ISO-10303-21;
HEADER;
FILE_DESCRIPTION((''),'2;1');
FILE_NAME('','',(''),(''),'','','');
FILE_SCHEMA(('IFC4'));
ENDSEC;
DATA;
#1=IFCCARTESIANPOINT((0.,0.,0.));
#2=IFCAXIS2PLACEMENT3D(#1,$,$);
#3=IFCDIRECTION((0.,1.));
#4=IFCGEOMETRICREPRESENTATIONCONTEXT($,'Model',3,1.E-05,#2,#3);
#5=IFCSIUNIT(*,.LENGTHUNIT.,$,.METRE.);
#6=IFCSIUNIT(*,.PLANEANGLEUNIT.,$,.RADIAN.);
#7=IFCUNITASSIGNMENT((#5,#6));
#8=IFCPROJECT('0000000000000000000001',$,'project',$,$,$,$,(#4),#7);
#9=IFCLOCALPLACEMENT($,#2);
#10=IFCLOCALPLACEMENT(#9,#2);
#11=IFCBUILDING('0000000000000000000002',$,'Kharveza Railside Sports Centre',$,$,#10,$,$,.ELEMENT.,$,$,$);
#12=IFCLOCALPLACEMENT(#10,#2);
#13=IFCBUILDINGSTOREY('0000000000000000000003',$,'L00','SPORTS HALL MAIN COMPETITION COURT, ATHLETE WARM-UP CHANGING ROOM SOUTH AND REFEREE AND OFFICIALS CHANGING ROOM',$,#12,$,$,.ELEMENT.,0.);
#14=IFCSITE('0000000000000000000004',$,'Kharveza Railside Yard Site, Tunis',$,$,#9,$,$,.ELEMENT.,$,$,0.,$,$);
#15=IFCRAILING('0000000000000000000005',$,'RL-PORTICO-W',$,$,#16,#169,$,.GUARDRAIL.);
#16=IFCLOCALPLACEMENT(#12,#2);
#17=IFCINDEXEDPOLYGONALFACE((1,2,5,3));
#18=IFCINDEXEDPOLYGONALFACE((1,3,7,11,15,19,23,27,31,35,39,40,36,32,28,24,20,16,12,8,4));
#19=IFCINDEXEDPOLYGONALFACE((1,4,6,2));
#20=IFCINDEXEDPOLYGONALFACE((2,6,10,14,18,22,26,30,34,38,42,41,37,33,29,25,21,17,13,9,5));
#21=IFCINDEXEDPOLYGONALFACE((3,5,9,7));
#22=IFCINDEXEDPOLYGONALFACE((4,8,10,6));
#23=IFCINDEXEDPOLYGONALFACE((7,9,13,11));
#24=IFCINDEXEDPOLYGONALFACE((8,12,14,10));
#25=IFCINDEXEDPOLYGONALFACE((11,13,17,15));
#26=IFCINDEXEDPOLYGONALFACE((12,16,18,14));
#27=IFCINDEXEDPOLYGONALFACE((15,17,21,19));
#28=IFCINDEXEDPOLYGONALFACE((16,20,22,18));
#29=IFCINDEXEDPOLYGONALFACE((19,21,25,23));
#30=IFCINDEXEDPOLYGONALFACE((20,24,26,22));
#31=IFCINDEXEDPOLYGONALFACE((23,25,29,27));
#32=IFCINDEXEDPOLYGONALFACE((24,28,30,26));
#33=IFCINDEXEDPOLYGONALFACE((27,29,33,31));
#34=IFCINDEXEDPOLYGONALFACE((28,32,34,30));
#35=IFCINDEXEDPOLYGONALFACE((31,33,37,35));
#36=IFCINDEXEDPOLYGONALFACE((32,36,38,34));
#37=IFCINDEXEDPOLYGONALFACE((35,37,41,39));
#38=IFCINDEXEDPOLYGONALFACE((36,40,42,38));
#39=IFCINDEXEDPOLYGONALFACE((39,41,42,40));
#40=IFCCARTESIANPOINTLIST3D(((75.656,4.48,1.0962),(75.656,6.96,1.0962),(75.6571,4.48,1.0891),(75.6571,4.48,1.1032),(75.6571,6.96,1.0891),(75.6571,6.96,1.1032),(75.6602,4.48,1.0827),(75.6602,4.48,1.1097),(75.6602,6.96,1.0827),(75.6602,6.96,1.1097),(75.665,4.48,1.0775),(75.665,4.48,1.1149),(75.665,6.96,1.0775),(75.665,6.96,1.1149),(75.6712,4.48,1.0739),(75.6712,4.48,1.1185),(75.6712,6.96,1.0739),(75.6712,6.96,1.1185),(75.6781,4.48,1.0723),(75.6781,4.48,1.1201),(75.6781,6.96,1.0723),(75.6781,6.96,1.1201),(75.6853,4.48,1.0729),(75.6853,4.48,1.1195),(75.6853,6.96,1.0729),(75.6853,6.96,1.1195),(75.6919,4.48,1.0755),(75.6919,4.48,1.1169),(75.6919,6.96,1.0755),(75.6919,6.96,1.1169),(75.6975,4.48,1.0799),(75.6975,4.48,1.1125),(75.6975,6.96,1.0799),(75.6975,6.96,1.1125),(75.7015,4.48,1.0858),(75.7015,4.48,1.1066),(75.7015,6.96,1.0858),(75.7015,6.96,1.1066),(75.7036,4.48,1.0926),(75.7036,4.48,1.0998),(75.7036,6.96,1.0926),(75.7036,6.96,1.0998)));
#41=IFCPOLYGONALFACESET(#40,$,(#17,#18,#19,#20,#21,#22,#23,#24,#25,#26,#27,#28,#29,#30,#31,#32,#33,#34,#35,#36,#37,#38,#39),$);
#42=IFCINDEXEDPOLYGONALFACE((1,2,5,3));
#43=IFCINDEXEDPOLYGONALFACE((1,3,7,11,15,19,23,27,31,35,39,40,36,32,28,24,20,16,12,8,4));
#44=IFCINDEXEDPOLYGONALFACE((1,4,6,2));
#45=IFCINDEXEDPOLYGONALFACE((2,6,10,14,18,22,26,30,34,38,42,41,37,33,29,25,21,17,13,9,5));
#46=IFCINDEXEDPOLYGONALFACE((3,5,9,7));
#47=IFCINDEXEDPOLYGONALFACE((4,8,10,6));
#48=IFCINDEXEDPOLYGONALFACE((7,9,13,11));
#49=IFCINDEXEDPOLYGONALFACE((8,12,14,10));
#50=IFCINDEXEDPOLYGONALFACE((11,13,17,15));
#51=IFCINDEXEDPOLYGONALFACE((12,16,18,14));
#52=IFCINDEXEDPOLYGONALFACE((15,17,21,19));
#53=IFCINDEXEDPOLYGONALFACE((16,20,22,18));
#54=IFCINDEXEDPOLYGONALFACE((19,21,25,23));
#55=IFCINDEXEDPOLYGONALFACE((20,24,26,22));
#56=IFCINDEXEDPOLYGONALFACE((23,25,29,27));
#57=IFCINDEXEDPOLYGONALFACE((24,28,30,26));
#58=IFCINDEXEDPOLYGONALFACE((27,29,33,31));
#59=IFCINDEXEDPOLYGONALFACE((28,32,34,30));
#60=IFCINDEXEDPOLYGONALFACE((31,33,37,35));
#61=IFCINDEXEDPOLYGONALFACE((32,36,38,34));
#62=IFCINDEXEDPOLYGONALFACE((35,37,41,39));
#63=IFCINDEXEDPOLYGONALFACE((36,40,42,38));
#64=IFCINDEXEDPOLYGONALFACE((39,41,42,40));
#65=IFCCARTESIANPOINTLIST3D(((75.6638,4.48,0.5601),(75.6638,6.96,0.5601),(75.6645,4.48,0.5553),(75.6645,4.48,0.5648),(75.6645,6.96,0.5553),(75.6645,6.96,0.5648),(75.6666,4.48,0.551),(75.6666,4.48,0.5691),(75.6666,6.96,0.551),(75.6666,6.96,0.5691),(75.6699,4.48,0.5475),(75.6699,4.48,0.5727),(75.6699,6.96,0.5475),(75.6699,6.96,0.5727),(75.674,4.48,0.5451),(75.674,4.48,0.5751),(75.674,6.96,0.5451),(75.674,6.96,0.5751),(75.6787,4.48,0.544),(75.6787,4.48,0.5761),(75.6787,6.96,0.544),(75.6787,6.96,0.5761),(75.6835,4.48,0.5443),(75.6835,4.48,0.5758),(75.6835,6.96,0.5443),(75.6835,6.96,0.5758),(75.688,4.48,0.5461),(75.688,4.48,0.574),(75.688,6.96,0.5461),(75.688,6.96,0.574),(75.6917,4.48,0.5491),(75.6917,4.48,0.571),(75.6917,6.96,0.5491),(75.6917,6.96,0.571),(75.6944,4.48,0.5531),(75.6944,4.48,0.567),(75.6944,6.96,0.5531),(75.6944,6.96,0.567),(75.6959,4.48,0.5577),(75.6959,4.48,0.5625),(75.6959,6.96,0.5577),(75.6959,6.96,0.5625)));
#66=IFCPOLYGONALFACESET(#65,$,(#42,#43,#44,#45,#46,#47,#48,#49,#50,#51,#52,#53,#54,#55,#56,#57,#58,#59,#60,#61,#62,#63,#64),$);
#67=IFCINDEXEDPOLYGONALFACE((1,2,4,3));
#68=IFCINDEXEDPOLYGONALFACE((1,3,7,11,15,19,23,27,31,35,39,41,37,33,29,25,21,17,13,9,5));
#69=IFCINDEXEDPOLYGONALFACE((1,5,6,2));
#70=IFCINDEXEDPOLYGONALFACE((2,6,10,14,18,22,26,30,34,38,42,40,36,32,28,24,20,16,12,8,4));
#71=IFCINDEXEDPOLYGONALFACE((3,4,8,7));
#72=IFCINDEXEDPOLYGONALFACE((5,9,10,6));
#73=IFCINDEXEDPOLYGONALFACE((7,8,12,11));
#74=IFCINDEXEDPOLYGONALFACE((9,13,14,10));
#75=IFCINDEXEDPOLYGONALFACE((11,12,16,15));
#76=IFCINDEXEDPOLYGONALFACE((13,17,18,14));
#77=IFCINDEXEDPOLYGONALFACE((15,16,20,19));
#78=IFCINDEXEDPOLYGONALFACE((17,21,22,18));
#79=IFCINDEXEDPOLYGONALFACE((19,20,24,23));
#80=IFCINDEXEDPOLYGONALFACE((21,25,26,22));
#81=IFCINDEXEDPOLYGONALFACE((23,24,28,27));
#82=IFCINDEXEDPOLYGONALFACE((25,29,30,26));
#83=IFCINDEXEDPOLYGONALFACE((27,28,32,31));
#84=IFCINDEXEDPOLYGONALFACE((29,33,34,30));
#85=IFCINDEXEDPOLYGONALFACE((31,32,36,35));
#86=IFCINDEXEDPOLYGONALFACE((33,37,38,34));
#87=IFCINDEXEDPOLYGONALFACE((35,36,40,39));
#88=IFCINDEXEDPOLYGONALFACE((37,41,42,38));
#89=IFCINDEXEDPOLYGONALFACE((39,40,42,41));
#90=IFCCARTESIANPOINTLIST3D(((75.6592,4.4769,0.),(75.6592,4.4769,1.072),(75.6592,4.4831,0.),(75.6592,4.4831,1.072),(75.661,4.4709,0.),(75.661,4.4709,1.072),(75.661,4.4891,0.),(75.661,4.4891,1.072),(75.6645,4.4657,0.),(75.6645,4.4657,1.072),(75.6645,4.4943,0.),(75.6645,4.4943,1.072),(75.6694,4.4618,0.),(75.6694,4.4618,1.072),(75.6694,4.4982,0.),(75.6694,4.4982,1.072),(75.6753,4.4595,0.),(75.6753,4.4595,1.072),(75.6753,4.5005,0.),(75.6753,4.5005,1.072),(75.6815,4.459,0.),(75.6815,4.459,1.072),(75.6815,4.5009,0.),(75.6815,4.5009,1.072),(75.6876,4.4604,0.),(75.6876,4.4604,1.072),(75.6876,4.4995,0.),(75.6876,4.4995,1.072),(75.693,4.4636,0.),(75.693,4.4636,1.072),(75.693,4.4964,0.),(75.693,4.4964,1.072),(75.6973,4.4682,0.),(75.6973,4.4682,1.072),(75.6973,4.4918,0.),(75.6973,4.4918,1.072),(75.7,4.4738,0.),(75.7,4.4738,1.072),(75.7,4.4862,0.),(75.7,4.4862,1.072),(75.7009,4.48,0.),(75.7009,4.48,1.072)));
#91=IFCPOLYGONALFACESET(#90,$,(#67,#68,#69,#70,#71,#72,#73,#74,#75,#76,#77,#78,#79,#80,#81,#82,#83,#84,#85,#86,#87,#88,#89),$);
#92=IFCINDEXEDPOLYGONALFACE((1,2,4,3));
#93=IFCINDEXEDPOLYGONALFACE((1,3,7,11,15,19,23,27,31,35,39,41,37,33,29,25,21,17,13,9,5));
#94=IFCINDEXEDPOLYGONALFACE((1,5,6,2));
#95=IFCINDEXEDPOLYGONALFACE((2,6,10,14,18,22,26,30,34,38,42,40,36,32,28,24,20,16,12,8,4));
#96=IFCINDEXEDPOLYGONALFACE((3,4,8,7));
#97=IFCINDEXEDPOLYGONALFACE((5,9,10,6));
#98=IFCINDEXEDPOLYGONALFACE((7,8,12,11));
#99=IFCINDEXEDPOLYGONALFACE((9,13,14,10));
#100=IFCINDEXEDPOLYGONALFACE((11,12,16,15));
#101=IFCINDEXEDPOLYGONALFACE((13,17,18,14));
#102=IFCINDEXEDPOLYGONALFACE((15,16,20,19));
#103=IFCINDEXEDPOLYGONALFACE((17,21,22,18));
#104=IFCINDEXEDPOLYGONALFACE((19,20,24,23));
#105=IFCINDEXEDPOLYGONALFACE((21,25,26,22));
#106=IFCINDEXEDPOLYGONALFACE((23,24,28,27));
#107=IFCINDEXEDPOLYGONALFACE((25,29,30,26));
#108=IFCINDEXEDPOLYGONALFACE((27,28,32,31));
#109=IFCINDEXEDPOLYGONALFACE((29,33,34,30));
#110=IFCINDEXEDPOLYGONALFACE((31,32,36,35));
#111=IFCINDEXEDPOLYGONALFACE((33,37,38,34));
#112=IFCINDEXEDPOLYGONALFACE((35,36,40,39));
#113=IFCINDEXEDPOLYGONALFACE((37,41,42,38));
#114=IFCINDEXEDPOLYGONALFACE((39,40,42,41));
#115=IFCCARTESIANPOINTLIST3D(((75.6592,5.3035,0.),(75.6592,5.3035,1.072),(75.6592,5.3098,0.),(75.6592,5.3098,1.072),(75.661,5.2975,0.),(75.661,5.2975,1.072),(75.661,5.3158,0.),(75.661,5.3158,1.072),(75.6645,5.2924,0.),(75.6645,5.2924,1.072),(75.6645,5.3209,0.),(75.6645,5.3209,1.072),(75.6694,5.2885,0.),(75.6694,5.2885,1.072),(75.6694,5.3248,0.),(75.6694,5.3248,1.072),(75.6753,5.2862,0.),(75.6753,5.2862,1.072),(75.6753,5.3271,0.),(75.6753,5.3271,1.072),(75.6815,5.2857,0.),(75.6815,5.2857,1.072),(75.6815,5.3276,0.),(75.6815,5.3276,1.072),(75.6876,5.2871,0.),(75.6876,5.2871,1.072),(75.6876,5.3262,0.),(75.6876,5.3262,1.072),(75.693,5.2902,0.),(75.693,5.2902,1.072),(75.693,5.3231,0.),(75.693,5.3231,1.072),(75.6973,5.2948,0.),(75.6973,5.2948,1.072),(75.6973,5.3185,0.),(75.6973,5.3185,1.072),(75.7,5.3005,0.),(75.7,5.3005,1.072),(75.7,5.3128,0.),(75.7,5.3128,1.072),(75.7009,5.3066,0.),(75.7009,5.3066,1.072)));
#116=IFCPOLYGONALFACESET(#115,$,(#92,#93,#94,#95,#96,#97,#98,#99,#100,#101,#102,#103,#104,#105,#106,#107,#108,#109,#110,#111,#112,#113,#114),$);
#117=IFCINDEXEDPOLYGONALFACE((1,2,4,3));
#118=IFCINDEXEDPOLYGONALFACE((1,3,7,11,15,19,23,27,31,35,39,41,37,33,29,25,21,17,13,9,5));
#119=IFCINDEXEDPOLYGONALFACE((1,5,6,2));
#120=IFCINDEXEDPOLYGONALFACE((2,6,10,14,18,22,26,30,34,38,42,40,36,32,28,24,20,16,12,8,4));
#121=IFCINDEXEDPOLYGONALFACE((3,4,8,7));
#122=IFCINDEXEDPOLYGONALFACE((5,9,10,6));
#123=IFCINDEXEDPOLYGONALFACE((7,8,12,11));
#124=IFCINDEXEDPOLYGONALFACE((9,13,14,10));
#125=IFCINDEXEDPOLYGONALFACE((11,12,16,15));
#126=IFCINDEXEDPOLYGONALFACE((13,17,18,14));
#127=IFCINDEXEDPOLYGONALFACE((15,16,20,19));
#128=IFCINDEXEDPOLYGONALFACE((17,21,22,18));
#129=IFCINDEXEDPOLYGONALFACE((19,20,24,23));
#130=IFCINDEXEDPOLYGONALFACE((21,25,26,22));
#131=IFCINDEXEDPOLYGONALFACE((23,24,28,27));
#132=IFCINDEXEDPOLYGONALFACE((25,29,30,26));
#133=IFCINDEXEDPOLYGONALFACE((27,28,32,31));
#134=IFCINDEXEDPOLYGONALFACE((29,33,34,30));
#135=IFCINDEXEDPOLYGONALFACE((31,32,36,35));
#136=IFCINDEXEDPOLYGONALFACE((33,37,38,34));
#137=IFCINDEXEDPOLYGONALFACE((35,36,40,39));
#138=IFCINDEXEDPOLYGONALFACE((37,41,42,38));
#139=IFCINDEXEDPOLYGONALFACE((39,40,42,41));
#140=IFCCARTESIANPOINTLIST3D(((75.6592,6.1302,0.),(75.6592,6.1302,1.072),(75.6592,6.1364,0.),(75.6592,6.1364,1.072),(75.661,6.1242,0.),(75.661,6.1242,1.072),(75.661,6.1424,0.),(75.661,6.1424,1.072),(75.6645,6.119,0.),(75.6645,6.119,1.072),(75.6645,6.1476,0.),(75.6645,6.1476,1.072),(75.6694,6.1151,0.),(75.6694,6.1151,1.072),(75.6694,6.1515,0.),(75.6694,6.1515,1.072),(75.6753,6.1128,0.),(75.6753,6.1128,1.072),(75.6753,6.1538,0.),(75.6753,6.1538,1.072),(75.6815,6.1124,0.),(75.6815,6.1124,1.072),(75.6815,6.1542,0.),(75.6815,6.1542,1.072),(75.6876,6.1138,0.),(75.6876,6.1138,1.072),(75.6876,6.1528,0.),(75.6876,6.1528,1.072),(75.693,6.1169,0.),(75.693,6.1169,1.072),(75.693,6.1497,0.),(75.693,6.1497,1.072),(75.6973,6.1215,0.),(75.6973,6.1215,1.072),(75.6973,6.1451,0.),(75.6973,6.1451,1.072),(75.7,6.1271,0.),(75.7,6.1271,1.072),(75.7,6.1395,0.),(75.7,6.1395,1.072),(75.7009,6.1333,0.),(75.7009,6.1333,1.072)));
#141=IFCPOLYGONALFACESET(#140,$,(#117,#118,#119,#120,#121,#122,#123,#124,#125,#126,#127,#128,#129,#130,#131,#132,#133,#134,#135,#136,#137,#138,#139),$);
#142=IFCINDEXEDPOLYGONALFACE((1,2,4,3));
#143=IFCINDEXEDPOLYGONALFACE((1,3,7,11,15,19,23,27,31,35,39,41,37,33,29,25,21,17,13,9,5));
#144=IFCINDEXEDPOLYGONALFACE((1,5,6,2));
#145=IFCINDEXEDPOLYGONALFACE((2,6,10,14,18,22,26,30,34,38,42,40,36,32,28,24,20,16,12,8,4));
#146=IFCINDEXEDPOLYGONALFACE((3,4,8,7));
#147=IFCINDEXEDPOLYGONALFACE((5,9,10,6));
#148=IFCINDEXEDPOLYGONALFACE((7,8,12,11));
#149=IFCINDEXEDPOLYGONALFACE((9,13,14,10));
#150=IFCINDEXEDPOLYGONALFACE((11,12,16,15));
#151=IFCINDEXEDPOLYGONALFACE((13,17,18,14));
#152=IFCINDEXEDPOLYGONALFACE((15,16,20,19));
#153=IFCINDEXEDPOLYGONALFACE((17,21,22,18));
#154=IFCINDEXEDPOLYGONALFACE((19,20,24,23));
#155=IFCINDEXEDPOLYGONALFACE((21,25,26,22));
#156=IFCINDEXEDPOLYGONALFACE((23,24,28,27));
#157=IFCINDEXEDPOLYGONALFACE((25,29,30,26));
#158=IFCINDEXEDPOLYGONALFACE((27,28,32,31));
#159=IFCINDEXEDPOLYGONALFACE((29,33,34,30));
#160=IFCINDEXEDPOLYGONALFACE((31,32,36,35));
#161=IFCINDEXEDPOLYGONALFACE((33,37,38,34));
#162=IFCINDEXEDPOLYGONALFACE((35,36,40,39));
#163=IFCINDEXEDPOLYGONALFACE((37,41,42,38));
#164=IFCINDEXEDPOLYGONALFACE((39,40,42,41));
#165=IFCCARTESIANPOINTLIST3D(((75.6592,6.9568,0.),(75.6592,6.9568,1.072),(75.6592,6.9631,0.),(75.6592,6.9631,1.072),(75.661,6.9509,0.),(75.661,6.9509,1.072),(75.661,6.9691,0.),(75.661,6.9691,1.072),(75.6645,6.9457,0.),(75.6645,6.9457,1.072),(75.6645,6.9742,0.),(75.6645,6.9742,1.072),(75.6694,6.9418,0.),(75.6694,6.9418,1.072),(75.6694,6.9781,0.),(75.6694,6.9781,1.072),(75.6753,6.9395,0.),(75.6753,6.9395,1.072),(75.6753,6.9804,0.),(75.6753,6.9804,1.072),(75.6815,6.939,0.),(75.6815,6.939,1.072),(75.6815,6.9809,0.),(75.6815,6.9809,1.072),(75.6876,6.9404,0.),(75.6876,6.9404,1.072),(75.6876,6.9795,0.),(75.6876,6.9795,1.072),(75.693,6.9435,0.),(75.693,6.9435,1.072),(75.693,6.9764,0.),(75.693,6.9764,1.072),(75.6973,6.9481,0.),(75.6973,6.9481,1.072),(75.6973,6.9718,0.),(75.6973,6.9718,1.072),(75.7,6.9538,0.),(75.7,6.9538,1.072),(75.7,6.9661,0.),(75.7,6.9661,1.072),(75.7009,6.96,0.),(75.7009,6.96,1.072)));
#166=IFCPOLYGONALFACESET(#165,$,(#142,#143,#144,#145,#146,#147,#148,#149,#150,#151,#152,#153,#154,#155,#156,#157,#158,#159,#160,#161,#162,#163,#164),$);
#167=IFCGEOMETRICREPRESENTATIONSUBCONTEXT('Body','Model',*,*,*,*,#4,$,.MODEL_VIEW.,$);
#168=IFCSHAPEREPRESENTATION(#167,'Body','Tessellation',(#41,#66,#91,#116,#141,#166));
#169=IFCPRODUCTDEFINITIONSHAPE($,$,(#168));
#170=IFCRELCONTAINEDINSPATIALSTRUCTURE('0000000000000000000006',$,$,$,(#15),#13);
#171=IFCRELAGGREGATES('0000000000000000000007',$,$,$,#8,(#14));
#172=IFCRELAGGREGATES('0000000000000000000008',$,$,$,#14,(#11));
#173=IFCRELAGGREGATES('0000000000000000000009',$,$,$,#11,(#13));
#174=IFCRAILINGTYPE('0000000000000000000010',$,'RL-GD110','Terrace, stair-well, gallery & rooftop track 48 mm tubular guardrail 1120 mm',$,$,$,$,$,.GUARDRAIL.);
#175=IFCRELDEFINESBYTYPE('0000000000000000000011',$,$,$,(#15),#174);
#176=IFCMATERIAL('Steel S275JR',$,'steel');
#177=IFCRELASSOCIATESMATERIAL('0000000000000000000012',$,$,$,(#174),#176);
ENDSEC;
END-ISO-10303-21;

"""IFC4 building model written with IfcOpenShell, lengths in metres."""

from ifc_helpers import new_model, si_unit, direction, frame, origin, origin_2d, place, context, subcontext, project, spatial, circle, extrude, material, type_object, element, save


model = new_model("IFC4")

# Units and contexts
model_context = context("Model", 3, precision=1e-05, world=origin(), true_north=direction((0.0, 1.0)))
body_context = subcontext(model_context, "Body", "Model", "MODEL_VIEW")
ifc_project = project(units=[si_unit("LENGTHUNIT", "METRE"), si_unit("PLANEANGLEUNIT", "RADIAN")], contexts=[model_context])

# Site, building, storey
site_placement = place(None, origin())
site = spatial("IfcSite", under=ifc_project, at=site_placement, Name="Kharveza Railside Yard Site, Tunis", CompositionType="ELEMENT", RefElevation=0.0)
building_placement = place(site_placement, origin())
building = spatial("IfcBuilding", under=site, at=building_placement, Name="Kharveza Railside Sports Centre", CompositionType="ELEMENT")
storey_placement = place(building_placement, origin())
storey = spatial("IfcBuildingStorey", under=building, at=storey_placement, Name="L00", Description="SPORTS HALL MAIN COMPETITION COURT, ATHLETE WARM-UP CHANGING ROOM SOUTH AND REFEREE AND OFFICIALS CHANGING ROOM", CompositionType="ELEMENT", Elevation=0.0)

# Railing
ifc_material_1 = material(Name="Steel S275JR", Category="steel")
railing_type = type_object("IfcRailingType", Name="RL-GD110", Description="Terrace, stair-well, gallery & rooftop track 48 mm tubular guardrail 1120 mm", PredefinedType="GUARDRAIL", material=ifc_material_1)
railing_1_placement = place(storey_placement, frame((75.6799, 4.48, 0.0)))
element("IfcRailing", 1, at=railing_1_placement, inside=storey, type_object=railing_type, Name="RL-PORTICO-W", PredefinedType="GUARDRAIL", context=body_context, shape_type="SweptSolid", body=[
    extrude(circle(Radius=0.0239, at=origin_2d()), frame((0.0, 0.0, 1.0962), z_axis=(0.0, 1.0, 0.0), x_axis=(-1.0, 0.0, 0.0)), (0.0, 0.0, 1.0), 2.48),
    extrude(circle(Radius=0.0161, at=origin_2d()), frame((0.0, 0.0, 0.5601), z_axis=(0.0, 1.0, 0.0), x_axis=(-1.0, 0.0, 0.0)), (0.0, 0.0, 1.0), 2.48),
    extrude(circle(Radius=0.021, at=origin_2d()), origin(), (0.0, 0.0, 1.0), 1.072),
    extrude(circle(Radius=0.021, at=origin_2d()), frame((0.0, 0.8267, 0.0)), (0.0, 0.0, 1.0), 1.072),
    extrude(circle(Radius=0.021, at=origin_2d()), frame((0.0, 1.6533, 0.0)), (0.0, 0.0, 1.0), 1.072),
    extrude(circle(Radius=0.021, at=origin_2d()), frame((0.0, 2.48, 0.0)), (0.0, 0.0, 1.0), 1.072),
])

save(model, "model.ifc")
